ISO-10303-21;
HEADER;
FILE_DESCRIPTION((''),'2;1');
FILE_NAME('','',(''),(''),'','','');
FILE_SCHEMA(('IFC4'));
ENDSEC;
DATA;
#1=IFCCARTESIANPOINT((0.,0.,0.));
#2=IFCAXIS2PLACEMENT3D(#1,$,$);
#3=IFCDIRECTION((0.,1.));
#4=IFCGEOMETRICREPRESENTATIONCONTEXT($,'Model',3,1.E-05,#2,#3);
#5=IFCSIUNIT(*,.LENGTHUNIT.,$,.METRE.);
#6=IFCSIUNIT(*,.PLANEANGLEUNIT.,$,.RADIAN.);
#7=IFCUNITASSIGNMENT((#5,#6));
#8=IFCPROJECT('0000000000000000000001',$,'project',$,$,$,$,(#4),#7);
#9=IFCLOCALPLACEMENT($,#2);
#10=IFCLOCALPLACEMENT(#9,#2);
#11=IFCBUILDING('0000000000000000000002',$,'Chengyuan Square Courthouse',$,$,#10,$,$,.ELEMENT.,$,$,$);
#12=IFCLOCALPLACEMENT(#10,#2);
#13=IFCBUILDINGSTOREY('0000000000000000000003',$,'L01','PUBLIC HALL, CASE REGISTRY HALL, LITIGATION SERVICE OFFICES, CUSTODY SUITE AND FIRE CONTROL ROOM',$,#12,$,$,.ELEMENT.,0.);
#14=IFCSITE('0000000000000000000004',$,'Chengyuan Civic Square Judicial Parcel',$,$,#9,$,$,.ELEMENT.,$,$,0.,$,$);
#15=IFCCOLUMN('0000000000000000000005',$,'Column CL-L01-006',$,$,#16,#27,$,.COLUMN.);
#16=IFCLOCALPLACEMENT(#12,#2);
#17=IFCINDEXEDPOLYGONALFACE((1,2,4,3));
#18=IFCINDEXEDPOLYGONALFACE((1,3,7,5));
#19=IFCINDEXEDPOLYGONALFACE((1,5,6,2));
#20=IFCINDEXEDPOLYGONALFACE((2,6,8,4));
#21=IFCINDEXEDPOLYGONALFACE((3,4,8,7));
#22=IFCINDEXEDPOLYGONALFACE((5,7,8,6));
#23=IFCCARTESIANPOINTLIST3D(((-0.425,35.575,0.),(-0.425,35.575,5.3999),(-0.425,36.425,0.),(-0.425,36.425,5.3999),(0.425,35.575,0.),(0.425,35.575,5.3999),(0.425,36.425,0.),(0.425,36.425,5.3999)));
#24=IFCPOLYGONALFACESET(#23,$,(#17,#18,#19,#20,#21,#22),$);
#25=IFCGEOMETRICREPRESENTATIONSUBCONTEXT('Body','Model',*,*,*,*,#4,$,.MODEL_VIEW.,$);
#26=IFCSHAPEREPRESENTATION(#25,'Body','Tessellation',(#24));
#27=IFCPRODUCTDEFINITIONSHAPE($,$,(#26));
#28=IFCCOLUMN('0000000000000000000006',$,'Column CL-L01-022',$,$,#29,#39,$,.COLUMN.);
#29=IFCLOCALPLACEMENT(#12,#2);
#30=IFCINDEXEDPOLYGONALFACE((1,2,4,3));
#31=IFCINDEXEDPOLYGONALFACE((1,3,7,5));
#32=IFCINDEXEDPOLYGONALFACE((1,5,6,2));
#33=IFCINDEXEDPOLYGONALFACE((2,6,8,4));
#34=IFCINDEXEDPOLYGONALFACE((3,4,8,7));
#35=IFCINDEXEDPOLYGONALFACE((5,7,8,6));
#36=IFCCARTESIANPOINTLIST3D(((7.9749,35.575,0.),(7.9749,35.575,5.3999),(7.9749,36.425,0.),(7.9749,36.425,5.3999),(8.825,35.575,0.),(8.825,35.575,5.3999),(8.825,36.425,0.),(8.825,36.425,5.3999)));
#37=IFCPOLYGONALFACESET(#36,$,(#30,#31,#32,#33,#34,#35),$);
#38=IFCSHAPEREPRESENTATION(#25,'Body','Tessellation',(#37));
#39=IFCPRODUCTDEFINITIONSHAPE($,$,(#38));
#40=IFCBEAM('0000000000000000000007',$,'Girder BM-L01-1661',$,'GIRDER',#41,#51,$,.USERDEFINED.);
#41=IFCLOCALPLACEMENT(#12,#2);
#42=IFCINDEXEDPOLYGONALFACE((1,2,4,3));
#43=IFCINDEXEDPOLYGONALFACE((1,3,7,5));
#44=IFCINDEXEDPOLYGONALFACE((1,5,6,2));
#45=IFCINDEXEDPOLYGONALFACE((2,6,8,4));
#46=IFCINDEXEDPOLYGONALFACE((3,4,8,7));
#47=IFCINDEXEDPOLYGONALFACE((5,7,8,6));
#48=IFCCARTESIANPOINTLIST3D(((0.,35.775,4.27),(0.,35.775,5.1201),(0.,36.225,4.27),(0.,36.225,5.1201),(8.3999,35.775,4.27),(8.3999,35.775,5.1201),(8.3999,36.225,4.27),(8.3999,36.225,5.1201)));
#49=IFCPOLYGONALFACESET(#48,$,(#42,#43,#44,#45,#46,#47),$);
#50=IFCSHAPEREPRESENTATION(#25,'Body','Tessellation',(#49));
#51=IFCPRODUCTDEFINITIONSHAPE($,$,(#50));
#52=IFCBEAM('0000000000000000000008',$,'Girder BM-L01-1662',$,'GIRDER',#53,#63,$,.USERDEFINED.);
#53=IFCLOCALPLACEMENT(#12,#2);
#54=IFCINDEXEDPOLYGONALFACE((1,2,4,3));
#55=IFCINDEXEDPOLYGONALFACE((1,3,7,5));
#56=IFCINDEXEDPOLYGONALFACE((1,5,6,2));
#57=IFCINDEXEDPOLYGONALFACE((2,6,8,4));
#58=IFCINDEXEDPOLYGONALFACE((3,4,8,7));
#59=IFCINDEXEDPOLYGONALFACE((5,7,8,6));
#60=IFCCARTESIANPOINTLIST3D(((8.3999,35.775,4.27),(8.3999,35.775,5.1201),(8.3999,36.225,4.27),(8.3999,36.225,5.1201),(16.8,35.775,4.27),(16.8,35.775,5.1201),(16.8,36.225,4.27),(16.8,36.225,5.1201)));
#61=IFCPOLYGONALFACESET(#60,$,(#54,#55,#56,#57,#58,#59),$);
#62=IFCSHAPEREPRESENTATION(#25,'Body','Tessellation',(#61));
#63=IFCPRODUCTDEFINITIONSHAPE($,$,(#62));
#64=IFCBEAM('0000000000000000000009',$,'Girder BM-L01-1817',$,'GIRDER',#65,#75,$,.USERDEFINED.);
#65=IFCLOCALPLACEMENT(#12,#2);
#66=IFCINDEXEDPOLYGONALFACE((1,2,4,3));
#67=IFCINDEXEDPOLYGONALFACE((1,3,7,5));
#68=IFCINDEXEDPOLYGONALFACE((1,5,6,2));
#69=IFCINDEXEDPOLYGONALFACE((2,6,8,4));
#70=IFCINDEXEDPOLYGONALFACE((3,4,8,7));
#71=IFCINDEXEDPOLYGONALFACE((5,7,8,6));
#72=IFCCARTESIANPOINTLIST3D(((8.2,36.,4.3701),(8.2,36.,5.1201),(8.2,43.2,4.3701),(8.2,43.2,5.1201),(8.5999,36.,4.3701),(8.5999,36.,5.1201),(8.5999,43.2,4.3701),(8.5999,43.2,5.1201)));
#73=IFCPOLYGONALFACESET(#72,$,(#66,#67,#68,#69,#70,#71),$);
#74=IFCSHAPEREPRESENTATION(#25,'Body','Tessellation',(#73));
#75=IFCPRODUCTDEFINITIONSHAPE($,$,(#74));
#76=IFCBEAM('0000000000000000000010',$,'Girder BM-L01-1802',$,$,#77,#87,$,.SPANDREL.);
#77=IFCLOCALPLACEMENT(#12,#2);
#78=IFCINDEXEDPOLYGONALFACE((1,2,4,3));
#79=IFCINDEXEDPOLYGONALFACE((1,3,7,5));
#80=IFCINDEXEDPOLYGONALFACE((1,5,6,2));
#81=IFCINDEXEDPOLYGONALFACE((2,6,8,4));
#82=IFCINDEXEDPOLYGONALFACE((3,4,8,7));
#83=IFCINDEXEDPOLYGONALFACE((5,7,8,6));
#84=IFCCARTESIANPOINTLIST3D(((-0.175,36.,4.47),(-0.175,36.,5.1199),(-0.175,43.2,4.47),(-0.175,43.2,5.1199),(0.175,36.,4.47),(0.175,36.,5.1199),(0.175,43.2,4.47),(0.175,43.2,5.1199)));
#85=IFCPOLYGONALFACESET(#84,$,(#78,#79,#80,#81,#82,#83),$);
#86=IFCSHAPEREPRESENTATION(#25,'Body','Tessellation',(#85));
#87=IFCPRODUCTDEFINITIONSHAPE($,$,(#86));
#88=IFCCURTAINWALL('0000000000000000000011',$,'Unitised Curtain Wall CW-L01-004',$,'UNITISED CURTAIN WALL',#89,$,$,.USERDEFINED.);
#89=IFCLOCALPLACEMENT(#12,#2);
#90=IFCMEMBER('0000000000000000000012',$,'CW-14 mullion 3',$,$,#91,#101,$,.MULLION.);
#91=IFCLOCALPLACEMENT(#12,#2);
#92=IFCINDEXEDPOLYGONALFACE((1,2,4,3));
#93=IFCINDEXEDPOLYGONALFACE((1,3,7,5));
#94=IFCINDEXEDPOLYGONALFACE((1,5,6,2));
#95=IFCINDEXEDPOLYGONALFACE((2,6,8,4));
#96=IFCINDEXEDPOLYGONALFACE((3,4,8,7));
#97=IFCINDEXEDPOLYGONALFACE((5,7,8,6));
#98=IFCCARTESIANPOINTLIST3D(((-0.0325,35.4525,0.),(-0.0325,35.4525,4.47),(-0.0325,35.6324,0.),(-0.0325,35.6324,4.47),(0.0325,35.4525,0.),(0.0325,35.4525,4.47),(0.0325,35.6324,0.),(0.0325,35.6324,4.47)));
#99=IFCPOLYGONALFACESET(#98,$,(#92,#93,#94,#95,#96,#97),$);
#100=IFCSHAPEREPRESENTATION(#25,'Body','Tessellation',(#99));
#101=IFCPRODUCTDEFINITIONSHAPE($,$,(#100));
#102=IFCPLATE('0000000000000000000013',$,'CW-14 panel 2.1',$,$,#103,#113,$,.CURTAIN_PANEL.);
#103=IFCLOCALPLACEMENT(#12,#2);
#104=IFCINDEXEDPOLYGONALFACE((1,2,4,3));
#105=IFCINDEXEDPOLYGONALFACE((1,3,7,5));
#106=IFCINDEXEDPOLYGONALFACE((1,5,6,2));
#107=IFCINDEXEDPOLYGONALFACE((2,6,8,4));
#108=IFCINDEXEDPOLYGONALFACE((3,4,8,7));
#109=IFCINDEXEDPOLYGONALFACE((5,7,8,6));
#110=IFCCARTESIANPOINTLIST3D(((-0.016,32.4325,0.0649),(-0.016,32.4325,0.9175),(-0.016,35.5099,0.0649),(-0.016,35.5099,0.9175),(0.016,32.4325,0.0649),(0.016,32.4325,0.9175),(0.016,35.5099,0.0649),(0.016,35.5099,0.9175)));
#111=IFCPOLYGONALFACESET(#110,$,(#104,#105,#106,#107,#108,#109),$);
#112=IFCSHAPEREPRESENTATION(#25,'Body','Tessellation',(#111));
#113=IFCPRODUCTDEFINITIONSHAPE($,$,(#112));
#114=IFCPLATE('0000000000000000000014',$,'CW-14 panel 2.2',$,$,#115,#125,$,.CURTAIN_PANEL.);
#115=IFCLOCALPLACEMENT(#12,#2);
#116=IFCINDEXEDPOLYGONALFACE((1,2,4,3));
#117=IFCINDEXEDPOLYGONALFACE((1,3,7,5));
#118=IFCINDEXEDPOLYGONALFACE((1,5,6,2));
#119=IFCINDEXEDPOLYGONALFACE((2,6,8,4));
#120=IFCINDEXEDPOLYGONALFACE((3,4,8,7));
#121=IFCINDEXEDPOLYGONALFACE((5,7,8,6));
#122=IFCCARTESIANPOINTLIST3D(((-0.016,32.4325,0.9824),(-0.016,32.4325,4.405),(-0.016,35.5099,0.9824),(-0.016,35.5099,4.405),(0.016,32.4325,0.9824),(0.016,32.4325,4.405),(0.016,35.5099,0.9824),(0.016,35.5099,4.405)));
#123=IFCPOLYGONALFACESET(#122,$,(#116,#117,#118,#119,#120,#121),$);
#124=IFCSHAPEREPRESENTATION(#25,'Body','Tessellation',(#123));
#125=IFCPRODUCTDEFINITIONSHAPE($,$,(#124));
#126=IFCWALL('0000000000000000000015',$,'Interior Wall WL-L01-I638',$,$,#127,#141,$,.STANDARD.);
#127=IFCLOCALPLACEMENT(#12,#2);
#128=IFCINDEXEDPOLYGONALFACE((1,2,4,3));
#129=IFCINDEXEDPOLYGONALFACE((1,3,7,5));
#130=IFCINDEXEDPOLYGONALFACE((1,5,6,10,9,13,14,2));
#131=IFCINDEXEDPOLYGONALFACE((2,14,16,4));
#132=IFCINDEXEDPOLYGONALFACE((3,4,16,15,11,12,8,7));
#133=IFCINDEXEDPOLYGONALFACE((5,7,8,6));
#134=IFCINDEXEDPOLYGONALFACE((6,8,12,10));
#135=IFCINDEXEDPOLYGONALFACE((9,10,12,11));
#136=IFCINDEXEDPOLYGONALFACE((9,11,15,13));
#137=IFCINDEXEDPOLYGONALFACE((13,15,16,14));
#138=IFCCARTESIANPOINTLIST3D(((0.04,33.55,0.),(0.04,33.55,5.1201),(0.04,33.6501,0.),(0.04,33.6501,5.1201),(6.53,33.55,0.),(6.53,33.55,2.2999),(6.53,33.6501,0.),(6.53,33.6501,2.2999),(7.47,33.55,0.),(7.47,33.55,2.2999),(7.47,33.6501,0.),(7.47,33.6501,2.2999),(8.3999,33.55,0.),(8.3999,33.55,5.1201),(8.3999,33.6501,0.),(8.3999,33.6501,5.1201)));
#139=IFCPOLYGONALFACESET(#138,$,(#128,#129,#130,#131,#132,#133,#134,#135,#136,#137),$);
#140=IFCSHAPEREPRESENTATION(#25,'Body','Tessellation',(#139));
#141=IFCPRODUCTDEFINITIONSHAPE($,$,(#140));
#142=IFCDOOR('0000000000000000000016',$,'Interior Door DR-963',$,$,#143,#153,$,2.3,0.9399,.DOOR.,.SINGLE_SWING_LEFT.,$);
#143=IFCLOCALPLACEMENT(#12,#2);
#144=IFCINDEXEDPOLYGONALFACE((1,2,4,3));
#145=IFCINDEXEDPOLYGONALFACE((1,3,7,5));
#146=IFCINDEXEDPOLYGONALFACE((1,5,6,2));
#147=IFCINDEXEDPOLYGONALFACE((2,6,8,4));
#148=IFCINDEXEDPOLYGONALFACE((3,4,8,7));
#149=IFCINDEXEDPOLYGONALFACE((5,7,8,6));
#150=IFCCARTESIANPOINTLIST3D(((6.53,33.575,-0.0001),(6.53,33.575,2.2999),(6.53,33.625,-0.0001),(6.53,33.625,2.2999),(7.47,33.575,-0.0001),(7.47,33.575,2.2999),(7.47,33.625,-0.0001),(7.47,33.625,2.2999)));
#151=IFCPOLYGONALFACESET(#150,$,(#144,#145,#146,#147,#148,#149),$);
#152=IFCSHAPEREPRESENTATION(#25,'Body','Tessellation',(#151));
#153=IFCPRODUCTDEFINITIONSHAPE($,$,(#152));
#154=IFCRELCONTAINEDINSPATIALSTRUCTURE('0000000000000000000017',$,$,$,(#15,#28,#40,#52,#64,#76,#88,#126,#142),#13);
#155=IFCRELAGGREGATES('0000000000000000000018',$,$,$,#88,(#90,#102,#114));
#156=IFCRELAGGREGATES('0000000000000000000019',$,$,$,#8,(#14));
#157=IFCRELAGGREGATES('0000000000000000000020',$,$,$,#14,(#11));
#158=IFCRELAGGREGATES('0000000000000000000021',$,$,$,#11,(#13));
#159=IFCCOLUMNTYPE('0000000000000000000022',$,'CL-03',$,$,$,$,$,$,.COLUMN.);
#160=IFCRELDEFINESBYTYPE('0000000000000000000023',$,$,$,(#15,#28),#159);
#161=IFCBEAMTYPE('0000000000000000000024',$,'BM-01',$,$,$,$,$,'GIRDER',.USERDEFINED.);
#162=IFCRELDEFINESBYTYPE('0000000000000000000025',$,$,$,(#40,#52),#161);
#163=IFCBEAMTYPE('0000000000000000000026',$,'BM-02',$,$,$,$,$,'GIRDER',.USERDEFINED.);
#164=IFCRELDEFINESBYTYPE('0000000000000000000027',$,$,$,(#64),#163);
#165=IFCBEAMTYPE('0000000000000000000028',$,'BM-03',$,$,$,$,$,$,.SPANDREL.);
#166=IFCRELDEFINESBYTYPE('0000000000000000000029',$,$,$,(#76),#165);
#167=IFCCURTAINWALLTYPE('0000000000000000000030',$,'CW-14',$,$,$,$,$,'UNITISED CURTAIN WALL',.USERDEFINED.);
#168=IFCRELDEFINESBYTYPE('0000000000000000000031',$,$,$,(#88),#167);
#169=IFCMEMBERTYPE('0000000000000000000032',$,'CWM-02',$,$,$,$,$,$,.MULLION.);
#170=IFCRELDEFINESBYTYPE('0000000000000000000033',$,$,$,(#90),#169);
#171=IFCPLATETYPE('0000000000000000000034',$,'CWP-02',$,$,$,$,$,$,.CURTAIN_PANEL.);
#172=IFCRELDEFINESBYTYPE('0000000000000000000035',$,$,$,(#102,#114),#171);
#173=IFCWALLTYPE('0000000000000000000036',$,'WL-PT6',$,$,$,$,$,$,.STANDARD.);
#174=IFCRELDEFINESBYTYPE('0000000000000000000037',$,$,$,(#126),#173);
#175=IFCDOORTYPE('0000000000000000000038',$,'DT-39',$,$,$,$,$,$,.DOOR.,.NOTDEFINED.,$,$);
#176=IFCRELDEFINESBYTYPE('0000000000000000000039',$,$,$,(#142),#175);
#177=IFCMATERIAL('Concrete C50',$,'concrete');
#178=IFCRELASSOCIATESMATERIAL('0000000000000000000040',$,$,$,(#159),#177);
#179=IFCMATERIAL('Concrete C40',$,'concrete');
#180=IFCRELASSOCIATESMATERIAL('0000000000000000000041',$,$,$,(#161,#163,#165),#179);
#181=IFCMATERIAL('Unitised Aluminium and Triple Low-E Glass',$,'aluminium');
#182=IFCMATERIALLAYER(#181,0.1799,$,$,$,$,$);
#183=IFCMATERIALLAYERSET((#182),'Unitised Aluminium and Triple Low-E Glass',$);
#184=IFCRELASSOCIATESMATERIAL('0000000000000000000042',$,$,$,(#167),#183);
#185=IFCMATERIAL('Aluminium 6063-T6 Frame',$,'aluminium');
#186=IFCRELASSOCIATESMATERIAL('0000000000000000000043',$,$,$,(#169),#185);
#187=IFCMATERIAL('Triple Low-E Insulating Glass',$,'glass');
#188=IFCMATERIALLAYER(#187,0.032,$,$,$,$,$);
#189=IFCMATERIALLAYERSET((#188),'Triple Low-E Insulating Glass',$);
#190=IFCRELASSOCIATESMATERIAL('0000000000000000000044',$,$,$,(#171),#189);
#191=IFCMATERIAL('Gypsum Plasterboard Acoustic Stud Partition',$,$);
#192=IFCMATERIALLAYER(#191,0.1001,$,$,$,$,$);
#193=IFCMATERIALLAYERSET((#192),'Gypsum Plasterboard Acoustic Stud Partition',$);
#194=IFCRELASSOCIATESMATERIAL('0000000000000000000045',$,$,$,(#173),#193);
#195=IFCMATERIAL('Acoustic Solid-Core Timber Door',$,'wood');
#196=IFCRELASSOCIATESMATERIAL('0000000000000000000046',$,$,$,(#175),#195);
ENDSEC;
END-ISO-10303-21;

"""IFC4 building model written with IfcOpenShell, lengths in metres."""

from ifc_helpers import new_model, si_unit, direction, frame, frame_2d, origin, origin_2d, place, context, subcontext, project, spatial, rectangle, extrude, material, layer, layer_set, material_profile, profile_set, type_object, element, fill, aggregate, save


model = new_model("IFC4")

# Units and contexts
model_context = context("Model", 3, precision=1e-05, world=origin(), true_north=direction((0.0, 1.0)))
body_context = subcontext(model_context, "Body", "Model", "MODEL_VIEW")
ifc_project = project(units=[si_unit("LENGTHUNIT", "METRE"), si_unit("PLANEANGLEUNIT", "RADIAN")], contexts=[model_context])

# Site, building, storey
site_placement = place(None, origin())
site = spatial("IfcSite", under=ifc_project, at=site_placement, Name="Chengyuan Civic Square Judicial Parcel", CompositionType="ELEMENT", RefElevation=0.0)
building_placement = place(site_placement, origin())
building = spatial("IfcBuilding", under=site, at=building_placement, Name="Chengyuan Square Courthouse", CompositionType="ELEMENT")
storey_placement = place(building_placement, origin())
storey = spatial("IfcBuildingStorey", under=building, at=storey_placement, Name="L01", Description="PUBLIC HALL, CASE REGISTRY HALL, LITIGATION SERVICE OFFICES, CUSTODY SUITE AND FIRE CONTROL ROOM", CompositionType="ELEMENT", Elevation=0.0)

# Columns
ifc_material_1 = material(Name="Concrete C50", Category="concrete")
ifc_material_profile_1 = material_profile(ifc_material_1, rectangle(XDim=0.8501, YDim=0.8501, at=origin_2d()), Name="RC-COL-850x850")
ifc_profile_set_1 = profile_set([ifc_material_profile_1], Name="Concrete C50")
column_type = type_object("IfcColumnType", Name="CL-03", PredefinedType="COLUMN", material=ifc_profile_set_1)
for number, where, z_axis, x_axis, name in (
    (1, (0.0, 36.0, 0.0), (0.0, 0.0, 1.0), (1.0, 0.0, 0.0), "Column CL-L01-006"),
    (2, (8.3999, 36.0, 0.0), (0.0, 0.0, 1.0), (1.0, 0.0, 0.0), "Column CL-L01-022"),
):
    element("IfcColumn", number, at=place(storey_placement, frame(where, z_axis=z_axis, x_axis=x_axis)), inside=storey, type_object=column_type, Name=name, PredefinedType="COLUMN", context=body_context, shape_type="SweptSolid", body=[
        extrude(rectangle(XDim=0.8501, YDim=0.8501, at=origin_2d()), origin(), (0.0, 0.0, 1.0), 5.3999),
    ])

# Beams
ifc_material_2 = material(Name="Concrete C40", Category="concrete")
ifc_material_profile_2 = material_profile(ifc_material_2, rectangle(XDim=0.45, YDim=0.8501, at=origin_2d()), Name="RC-BM-450x850")
ifc_profile_set_2 = profile_set([ifc_material_profile_2], Name="Concrete C40")
beam_type_1 = type_object("IfcBeamType", Name="BM-01", ElementType="GIRDER", PredefinedType="USERDEFINED", material=ifc_profile_set_2)
beam_1_placement = place(storey_placement, frame((0.0, 36.0, 4.6951), z_axis=(1.0, 0.0, 0.0), x_axis=(0.0, 1.0, 0.0)))
element("IfcBeam", 3, at=beam_1_placement, inside=storey, type_object=beam_type_1, Name="Girder BM-L01-1661", ObjectType="GIRDER", PredefinedType="USERDEFINED", context=body_context, shape_type="SweptSolid", body=[
    extrude(rectangle(XDim=0.45, YDim=0.8501, at=origin_2d()), origin(), (0.0, 0.0, 1.0), 8.3999),
])
beam_2_placement = place(storey_placement, frame((8.3999, 36.0, 4.6951), z_axis=(1.0, 0.0, 0.0), x_axis=(0.0, 1.0, 0.0)))
element("IfcBeam", 4, at=beam_2_placement, inside=storey, type_object=beam_type_1, Name="Girder BM-L01-1662", ObjectType="GIRDER", PredefinedType="USERDEFINED", context=body_context, shape_type="SweptSolid", body=[
    extrude(rectangle(XDim=0.45, YDim=0.8501, at=origin_2d()), origin(), (0.0, 0.0, 1.0), 8.4001),
])
ifc_material_profile_3 = material_profile(ifc_material_2, rectangle(XDim=0.3999, YDim=0.75, at=origin_2d()), Name="RC-BM-400x750")
ifc_profile_set_3 = profile_set([ifc_material_profile_3], Name="Concrete C40")
beam_type_2 = type_object("IfcBeamType", Name="BM-02", ElementType="GIRDER", PredefinedType="USERDEFINED", material=ifc_profile_set_3)
beam_3_placement = place(storey_placement, frame((8.3999, 36.0, 4.7451), z_axis=(0.0, 1.0, 0.0), x_axis=(-1.0, 0.0, 0.0)))
element("IfcBeam", 5, at=beam_3_placement, inside=storey, type_object=beam_type_2, Name="Girder BM-L01-1817", ObjectType="GIRDER", PredefinedType="USERDEFINED", context=body_context, shape_type="SweptSolid", body=[
    extrude(rectangle(XDim=0.3999, YDim=0.75, at=origin_2d()), origin(), (0.0, 0.0, 1.0), 7.2),
])
ifc_material_profile_4 = material_profile(ifc_material_2, rectangle(XDim=0.3501, YDim=0.6499, at=origin_2d()), Name="RC-BM-350x650")
ifc_profile_set_4 = profile_set([ifc_material_profile_4], Name="Concrete C40")
beam_type_3 = type_object("IfcBeamType", Name="BM-03", PredefinedType="SPANDREL", material=ifc_profile_set_4)
beam_4_placement = place(storey_placement, frame((0.0, 36.0, 4.7949), z_axis=(0.0, 1.0, 0.0), x_axis=(-1.0, 0.0, 0.0)))
element("IfcBeam", 6, at=beam_4_placement, inside=storey, type_object=beam_type_3, Name="Girder BM-L01-1802", PredefinedType="SPANDREL", context=body_context, shape_type="SweptSolid", body=[
    extrude(rectangle(XDim=0.3501, YDim=0.6499, at=origin_2d()), origin(), (0.0, 0.0, 1.0), 7.2),
])

# Curtain wall, member, plates
ifc_material_3 = material(Name="Unitised Aluminium and Triple Low-E Glass", Category="aluminium")
ifc_layer_1 = layer(ifc_material_3, 0.1799)
ifc_layer_set_1 = layer_set([ifc_layer_1], Name="Unitised Aluminium and Triple Low-E Glass")
curtain_wall_type = type_object("IfcCurtainWallType", Name="CW-14", ElementType="UNITISED CURTAIN WALL", PredefinedType="USERDEFINED", material=ifc_layer_set_1)
curtain_wall_placement = place(storey_placement, origin())
curtain_wall = element("IfcCurtainWall", 7, at=curtain_wall_placement, inside=storey, type_object=curtain_wall_type, Name="Unitised Curtain Wall CW-L01-004", ObjectType="UNITISED CURTAIN WALL", PredefinedType="USERDEFINED")
ifc_material_4 = material(Name="Aluminium 6063-T6 Frame", Category="aluminium")
ifc_material_profile_5 = material_profile(ifc_material_4, rectangle(XDim=0.0649, YDim=0.1799, at=origin_2d()), Name="CW-MUL-65x180")
ifc_profile_set_5 = profile_set([ifc_material_profile_5], Name="Aluminium 6063-T6 Frame")
member_type = type_object("IfcMemberType", Name="CWM-02", PredefinedType="MULLION", material=ifc_profile_set_5)
member_placement = place(storey_placement, frame((0.0, 35.5425, 0.0), z_axis=(0.0, 0.0, 1.0), x_axis=(-1.0, 0.0, 0.0)))
member = element("IfcMember", 8, at=member_placement, type_object=member_type, Name="CW-14 mullion 3", PredefinedType="MULLION", context=body_context, shape_type="SweptSolid", body=[
    extrude(rectangle(XDim=0.0649, YDim=0.1799, at=origin_2d()), origin(), (0.0, 0.0, 1.0), 4.47),
])
ifc_material_5 = material(Name="Triple Low-E Insulating Glass", Category="glass")
ifc_layer_2 = layer(ifc_material_5, 0.032)
ifc_layer_set_2 = layer_set([ifc_layer_2], Name="Triple Low-E Insulating Glass")
plate_type = type_object("IfcPlateType", Name="CWP-02", PredefinedType="CURTAIN_PANEL", material=ifc_layer_set_2)
plate_1_placement = place(storey_placement, frame((0.0, 33.9712, 0.0649), z_axis=(0.0, 0.0, 1.0), x_axis=(0.0, 1.0, 0.0)))
plate_1 = element("IfcPlate", 9, at=plate_1_placement, type_object=plate_type, Name="CW-14 panel 2.1", PredefinedType="CURTAIN_PANEL", context=body_context, shape_type="SweptSolid", body=[
    extrude(rectangle(XDim=3.0774, YDim=0.032, at=origin_2d()), origin(), (0.0, 0.0, 1.0), 0.8525),
])
plate_2_placement = place(storey_placement, frame((0.0, 33.9712, 0.9824), z_axis=(0.0, 0.0, 1.0), x_axis=(0.0, 1.0, 0.0)))
plate_2 = element("IfcPlate", 10, at=plate_2_placement, type_object=plate_type, Name="CW-14 panel 2.2", PredefinedType="CURTAIN_PANEL", context=body_context, shape_type="SweptSolid", body=[
    extrude(rectangle(XDim=3.0774, YDim=0.032, at=origin_2d()), origin(), (0.0, 0.0, 1.0), 3.4226),
])
aggregate(curtain_wall, [member, plate_1, plate_2])

# Wall, opening, door
ifc_material_6 = material(Name="Gypsum Plasterboard Acoustic Stud Partition")
ifc_layer_3 = layer(ifc_material_6, 0.1001)
ifc_layer_set_3 = layer_set([ifc_layer_3], Name="Gypsum Plasterboard Acoustic Stud Partition")
wall_type_1 = type_object("IfcWallType", Name="WL-PT6", PredefinedType="STANDARD", material=ifc_layer_set_3)
wall_1_placement = place(storey_placement, frame((0.04, 33.6001, 0.0), z_axis=(0.0, 0.0, 1.0), x_axis=(1.0, 0.0, 0.0)))
wall_1 = element("IfcWall", 11, at=wall_1_placement, inside=storey, type_object=wall_type_1, Name="Interior Wall WL-L01-I638", PredefinedType="STANDARD", context=body_context, shape_type="SweptSolid", body=[
    extrude(rectangle(XDim=8.3599, YDim=0.1001, at=frame_2d((4.1799, 0.0))), origin(), (0.0, 0.0, 1.0), 5.1201),
])
opening_1_placement = place(wall_1_placement, frame((6.49, 0.0, 0.0)))
opening_1 = element("IfcOpeningElement", 12, at=opening_1_placement, cuts=wall_1, PredefinedType="OPENING", context=body_context, shape_type="SweptSolid", body=[
    extrude(rectangle(XDim=0.9399, YDim=2.3, at=frame_2d((0.47, 1.1499))), frame((0.0, 0.062, 0.0), z_axis=(0.0, -1.0, 0.0), x_axis=(1.0, 0.0, 0.0)), (0.0, 0.0, 1.0), 0.124),
])
ifc_material_7 = material(Name="Acoustic Solid-Core Timber Door", Category="wood")
door_type_1 = type_object("IfcDoorType", Name="DT-39", OperationType="NOTDEFINED", PredefinedType="DOOR", material=ifc_material_7)
door_1_placement = place(opening_1_placement, origin())
door_1 = element("IfcDoor", 13, at=door_1_placement, inside=storey, type_object=door_type_1, Name="Interior Door DR-963", OperationType="SINGLE_SWING_LEFT", OverallHeight=2.3, OverallWidth=0.9399, PredefinedType="DOOR", context=body_context, shape_type="SweptSolid", body=[
    extrude(rectangle(XDim=0.9399, YDim=2.3, at=frame_2d((0.47, 1.1499))), frame((0.0, 0.0249, 0.0), z_axis=(0.0, -1.0, 0.0), x_axis=(1.0, 0.0, 0.0)), (0.0, 0.0, 1.0), 0.05),
])
fill(opening_1, door_1)

save(model, "model.ifc")
